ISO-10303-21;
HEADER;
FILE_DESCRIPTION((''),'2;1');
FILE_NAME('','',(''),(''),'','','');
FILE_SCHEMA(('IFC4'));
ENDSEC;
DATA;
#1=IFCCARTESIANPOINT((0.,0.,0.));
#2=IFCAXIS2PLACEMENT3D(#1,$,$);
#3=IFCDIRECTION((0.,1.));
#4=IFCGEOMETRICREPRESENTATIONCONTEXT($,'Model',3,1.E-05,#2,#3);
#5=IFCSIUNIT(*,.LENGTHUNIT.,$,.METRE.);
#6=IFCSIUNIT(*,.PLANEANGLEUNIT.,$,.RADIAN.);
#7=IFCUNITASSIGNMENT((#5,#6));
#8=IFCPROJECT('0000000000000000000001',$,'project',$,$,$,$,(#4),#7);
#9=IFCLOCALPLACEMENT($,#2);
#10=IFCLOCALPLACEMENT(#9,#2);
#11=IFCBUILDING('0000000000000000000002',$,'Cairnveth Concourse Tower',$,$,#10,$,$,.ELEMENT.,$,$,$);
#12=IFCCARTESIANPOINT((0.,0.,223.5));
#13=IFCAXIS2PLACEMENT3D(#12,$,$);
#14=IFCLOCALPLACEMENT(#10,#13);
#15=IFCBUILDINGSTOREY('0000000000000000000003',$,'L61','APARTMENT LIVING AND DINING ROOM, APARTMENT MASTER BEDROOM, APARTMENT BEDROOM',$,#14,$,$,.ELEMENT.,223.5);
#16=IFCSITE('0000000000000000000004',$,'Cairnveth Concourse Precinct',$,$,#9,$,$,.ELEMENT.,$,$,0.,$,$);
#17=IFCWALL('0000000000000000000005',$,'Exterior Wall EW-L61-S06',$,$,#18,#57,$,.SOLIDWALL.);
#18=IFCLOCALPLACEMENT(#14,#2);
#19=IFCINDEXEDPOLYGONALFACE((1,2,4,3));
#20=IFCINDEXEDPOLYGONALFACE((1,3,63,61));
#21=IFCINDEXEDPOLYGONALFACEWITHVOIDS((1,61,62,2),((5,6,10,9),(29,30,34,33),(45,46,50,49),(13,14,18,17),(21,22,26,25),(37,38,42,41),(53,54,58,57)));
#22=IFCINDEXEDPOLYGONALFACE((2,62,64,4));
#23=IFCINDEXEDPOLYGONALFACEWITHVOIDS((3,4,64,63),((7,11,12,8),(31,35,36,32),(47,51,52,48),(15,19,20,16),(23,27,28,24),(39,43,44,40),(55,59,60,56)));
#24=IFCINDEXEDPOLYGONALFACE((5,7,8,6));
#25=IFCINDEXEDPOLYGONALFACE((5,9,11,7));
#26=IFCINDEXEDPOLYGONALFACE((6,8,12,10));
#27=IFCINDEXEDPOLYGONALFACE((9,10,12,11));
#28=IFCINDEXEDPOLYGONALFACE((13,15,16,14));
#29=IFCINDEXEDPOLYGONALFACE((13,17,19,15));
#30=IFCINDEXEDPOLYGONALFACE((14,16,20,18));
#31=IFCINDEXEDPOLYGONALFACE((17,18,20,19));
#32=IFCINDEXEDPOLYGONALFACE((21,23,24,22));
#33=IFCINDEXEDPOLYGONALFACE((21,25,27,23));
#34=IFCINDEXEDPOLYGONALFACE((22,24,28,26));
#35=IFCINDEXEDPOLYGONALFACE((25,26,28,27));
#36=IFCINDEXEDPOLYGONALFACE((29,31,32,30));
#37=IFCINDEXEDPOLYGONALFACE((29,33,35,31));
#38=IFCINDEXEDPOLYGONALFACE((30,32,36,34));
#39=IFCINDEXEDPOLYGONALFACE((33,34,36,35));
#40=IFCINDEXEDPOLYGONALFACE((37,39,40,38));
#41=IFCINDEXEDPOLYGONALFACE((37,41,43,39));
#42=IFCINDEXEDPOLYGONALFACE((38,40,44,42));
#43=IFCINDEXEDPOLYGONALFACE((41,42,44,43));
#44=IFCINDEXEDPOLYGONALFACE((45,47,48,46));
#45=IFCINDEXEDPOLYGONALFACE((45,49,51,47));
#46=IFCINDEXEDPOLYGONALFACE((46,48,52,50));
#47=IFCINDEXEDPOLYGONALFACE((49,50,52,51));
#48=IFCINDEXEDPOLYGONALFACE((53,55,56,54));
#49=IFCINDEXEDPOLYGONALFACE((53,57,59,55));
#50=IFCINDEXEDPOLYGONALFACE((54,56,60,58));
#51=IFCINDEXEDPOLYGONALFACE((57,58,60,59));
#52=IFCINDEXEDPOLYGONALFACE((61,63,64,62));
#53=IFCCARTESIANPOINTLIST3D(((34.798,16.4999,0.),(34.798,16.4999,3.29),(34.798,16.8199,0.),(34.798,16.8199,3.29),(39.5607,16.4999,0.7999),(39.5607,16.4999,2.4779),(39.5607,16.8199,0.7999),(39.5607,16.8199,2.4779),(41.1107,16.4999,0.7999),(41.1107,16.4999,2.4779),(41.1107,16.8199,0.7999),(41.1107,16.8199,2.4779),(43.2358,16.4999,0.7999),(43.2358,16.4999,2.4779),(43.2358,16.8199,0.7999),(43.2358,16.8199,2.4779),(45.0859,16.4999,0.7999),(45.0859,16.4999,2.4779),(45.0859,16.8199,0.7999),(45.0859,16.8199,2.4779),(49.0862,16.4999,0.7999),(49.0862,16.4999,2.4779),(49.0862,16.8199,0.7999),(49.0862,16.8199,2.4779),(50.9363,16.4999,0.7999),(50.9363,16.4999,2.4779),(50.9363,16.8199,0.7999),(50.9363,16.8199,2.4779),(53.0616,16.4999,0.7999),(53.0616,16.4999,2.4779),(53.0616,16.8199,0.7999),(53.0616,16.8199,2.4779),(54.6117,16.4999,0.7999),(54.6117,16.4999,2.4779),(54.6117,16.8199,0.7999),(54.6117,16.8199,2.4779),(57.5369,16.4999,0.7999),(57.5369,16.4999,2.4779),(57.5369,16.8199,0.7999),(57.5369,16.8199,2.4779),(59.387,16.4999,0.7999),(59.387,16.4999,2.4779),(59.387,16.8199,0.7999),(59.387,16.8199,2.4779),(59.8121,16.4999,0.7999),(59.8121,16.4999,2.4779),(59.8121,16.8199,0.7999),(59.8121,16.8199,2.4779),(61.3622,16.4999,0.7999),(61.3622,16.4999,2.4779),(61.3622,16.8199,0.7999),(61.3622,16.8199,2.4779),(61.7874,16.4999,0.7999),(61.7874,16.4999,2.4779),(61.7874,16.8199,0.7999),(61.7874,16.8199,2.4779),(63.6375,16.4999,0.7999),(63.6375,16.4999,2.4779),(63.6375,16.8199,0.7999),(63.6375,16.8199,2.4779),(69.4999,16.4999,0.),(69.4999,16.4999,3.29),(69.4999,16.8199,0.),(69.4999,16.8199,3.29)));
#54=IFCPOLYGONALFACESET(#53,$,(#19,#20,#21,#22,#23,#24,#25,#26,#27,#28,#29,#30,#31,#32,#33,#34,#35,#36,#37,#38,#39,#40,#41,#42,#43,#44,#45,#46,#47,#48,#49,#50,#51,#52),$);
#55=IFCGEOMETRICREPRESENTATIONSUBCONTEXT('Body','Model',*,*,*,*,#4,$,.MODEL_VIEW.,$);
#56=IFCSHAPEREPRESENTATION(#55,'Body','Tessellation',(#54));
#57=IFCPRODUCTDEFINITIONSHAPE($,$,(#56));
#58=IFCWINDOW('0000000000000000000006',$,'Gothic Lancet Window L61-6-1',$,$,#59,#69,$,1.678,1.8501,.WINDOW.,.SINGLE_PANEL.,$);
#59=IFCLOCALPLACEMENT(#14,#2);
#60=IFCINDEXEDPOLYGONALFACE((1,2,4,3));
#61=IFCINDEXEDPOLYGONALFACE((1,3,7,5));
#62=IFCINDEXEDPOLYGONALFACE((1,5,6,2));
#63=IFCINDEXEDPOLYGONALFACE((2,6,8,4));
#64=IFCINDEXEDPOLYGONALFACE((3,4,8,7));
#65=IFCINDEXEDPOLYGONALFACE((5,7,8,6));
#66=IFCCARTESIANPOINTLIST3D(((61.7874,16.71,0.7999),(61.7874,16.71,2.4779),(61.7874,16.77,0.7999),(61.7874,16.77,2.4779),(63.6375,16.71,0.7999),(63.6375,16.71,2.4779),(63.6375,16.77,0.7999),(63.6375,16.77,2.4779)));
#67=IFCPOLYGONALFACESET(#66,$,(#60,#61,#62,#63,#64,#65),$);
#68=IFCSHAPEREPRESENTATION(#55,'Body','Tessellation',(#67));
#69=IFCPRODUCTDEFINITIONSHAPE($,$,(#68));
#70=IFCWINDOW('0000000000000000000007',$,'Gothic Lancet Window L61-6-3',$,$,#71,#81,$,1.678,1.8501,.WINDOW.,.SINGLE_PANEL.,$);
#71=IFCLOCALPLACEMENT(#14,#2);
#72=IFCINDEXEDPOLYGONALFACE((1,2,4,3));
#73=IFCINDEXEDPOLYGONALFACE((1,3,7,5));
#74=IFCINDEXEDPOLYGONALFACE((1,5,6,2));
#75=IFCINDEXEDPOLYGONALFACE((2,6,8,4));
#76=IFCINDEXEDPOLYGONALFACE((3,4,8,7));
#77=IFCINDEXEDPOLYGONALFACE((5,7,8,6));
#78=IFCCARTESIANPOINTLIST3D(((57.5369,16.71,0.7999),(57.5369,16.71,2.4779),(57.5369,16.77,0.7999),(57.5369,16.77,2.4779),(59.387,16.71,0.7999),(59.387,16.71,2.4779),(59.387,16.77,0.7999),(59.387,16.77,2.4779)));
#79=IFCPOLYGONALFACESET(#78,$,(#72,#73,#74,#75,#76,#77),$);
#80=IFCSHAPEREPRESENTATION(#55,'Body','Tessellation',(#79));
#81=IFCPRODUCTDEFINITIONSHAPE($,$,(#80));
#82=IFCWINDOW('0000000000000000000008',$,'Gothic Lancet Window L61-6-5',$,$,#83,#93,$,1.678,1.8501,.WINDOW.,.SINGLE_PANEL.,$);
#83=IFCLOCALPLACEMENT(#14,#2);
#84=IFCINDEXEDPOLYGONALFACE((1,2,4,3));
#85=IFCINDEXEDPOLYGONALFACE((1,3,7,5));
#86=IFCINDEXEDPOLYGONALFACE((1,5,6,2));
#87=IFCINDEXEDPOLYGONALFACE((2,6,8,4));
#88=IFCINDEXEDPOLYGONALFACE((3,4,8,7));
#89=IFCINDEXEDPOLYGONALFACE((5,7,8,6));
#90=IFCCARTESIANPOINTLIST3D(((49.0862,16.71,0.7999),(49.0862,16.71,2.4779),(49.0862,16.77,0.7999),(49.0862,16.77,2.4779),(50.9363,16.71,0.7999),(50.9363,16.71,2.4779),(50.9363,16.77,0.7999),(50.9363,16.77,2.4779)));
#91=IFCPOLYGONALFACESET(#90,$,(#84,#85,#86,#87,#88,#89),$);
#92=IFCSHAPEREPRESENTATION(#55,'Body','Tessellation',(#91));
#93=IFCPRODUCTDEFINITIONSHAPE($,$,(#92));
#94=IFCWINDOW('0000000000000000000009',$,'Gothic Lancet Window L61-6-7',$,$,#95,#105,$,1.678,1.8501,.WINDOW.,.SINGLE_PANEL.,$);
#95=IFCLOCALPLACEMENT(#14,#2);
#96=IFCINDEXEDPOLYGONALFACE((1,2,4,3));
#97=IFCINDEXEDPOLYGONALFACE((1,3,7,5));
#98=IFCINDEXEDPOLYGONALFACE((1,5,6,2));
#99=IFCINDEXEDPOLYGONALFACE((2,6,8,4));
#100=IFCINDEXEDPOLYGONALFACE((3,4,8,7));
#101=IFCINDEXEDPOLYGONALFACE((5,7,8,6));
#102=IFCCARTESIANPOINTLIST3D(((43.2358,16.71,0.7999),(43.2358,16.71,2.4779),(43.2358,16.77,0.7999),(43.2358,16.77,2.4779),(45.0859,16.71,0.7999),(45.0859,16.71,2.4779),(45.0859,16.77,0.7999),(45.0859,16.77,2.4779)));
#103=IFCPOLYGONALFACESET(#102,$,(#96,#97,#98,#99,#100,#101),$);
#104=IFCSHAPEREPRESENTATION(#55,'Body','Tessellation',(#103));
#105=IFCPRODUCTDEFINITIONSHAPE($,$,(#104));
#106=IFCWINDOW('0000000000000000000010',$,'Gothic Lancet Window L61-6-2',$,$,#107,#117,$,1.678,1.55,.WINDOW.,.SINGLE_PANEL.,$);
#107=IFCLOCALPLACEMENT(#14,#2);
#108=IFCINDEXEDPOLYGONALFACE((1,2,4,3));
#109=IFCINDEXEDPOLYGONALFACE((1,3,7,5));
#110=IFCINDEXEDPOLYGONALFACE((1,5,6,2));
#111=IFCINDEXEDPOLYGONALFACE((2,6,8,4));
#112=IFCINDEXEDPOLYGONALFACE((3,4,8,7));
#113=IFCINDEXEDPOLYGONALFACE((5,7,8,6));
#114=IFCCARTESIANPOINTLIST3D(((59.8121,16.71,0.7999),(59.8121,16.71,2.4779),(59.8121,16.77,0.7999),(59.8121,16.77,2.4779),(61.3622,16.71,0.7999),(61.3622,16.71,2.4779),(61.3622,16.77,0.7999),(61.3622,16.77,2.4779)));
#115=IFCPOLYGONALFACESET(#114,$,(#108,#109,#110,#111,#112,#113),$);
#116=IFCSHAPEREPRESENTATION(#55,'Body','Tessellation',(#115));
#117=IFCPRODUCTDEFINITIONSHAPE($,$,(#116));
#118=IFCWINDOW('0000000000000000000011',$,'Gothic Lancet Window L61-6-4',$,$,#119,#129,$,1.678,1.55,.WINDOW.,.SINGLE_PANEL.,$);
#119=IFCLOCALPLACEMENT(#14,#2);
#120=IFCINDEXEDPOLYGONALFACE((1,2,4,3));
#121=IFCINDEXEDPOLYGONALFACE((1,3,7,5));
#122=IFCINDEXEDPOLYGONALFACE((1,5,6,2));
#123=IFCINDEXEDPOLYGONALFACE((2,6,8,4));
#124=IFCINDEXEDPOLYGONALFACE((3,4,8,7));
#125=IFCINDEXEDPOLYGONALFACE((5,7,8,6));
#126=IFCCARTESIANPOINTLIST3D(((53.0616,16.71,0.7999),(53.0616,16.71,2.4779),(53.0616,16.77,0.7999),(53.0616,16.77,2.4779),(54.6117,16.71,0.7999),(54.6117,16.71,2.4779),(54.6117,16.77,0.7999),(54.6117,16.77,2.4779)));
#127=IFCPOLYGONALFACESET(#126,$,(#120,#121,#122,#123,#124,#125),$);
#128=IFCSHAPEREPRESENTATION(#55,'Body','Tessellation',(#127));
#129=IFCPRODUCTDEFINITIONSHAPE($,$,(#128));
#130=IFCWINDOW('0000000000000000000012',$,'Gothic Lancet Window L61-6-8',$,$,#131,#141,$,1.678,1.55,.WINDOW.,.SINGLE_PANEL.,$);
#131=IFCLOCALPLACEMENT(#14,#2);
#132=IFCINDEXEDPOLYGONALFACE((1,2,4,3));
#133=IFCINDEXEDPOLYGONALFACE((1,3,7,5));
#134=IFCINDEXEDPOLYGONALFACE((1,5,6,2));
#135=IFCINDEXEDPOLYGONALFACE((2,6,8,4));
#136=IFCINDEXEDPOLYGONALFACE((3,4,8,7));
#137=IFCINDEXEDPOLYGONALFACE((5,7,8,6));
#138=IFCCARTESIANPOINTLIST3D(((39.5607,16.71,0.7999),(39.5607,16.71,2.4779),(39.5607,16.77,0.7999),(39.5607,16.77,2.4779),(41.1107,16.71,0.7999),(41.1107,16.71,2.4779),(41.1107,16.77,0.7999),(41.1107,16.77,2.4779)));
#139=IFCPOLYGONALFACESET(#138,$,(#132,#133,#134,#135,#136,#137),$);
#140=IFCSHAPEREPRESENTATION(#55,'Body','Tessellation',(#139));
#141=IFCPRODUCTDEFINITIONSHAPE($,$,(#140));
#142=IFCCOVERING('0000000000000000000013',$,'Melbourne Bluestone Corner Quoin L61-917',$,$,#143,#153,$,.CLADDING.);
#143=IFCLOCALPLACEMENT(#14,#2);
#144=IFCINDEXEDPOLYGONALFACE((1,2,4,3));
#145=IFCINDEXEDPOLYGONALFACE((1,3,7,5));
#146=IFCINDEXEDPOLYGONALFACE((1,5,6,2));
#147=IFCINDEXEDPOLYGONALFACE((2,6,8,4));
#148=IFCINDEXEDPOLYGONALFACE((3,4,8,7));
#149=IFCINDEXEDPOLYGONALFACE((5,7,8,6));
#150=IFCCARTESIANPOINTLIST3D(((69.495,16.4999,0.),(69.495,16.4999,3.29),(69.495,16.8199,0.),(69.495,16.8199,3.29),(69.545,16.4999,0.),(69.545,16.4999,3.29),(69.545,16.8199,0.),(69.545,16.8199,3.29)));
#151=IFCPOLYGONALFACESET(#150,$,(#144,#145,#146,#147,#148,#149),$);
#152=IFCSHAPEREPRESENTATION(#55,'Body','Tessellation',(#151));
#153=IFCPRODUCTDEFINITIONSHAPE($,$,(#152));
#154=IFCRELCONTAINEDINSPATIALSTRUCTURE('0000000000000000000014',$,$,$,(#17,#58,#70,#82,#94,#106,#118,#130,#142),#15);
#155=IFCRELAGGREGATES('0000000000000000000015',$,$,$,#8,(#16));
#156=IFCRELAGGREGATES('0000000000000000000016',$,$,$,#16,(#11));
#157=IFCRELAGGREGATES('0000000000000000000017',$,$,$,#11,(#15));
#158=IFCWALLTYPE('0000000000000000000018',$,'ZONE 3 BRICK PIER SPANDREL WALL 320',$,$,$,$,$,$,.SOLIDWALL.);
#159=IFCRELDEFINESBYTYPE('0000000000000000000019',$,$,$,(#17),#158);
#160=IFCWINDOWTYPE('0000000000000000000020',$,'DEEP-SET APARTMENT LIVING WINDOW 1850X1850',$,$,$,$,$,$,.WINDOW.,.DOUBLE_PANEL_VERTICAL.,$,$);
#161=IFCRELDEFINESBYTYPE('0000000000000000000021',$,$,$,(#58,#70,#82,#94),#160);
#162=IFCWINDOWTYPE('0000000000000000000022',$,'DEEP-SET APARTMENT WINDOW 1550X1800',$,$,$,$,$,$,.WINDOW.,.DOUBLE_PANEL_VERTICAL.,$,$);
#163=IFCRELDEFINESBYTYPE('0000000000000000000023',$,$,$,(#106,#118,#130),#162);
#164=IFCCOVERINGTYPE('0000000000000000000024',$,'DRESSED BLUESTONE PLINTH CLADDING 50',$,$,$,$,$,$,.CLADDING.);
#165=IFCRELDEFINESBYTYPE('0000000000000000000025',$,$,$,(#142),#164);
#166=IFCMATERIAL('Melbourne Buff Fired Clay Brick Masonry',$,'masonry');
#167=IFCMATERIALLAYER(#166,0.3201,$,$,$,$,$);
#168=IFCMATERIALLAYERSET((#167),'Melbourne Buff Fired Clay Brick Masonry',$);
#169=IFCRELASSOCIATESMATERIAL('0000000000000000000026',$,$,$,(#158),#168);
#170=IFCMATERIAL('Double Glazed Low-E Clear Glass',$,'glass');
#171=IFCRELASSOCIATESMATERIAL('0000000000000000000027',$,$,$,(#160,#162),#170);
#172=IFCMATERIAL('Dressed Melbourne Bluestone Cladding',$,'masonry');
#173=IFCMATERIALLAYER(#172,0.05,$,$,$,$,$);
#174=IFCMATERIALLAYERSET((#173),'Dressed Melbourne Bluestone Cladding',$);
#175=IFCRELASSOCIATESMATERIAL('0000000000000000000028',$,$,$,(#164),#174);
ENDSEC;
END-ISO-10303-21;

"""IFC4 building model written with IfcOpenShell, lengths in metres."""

from ifc_helpers import new_model, si_unit, direction, frame, frame_2d, origin, place, context, subcontext, project, spatial, rectangle, extrude, material, layer, layer_set, type_object, element, fill, save


model = new_model("IFC4")

# Units and contexts
model_context = context("Model", 3, precision=1e-05, world=origin(), true_north=direction((0.0, 1.0)))
body_context = subcontext(model_context, "Body", "Model", "MODEL_VIEW")
ifc_project = project(units=[si_unit("LENGTHUNIT", "METRE"), si_unit("PLANEANGLEUNIT", "RADIAN")], contexts=[model_context])

# Site, building, storey
site_placement = place(None, origin())
site = spatial("IfcSite", under=ifc_project, at=site_placement, Name="Cairnveth Concourse Precinct", CompositionType="ELEMENT", RefElevation=0.0)
building_placement = place(site_placement, origin())
building = spatial("IfcBuilding", under=site, at=building_placement, Name="Cairnveth Concourse Tower", CompositionType="ELEMENT")
storey_placement = place(building_placement, frame((0.0, 0.0, 223.5)))
storey = spatial("IfcBuildingStorey", under=building, at=storey_placement, Name="L61", Description="APARTMENT LIVING AND DINING ROOM, APARTMENT MASTER BEDROOM, APARTMENT BEDROOM", CompositionType="ELEMENT", Elevation=223.5)

# Shared definitions
ifc_material_1 = material(Name="Melbourne Buff Fired Clay Brick Masonry", Category="masonry")
ifc_layer_1 = layer(ifc_material_1, 0.3201)
ifc_layer_set_1 = layer_set([ifc_layer_1], Name="Melbourne Buff Fired Clay Brick Masonry")
wall_type_1 = type_object("IfcWallType", Name="ZONE 3 BRICK PIER SPANDREL WALL 320", PredefinedType="SOLIDWALL", material=ifc_layer_set_1)

# Wall, openings, windows
wall_1_placement = place(storey_placement, frame((69.5, 16.6599, 0.0), z_axis=(0.0, 0.0, 1.0), x_axis=(-1.0, 0.0, 0.0)))
wall_1 = element("IfcWall", 1, at=wall_1_placement, inside=storey, type_object=wall_type_1, Name="Exterior Wall EW-L61-S06", PredefinedType="SOLIDWALL", context=body_context, shape_type="SweptSolid", body=[
    extrude(rectangle(XDim=34.7019, YDim=0.3201, at=frame_2d((17.3511, 0.0))), origin(), (0.0, 0.0, 1.0), 3.29),
])
opening_1_placement = place(wall_1_placement, frame((5.8625, 0.0, 0.8)))
opening_1 = element("IfcOpeningElement", 2, at=opening_1_placement, cuts=wall_1, PredefinedType="OPENING", context=body_context, shape_type="SweptSolid", body=[
    extrude(rectangle(XDim=1.8501, YDim=1.678, at=frame_2d((0.925, 0.8389))), frame((0.0, 0.1699, 0.0), z_axis=(0.0, -1.0, 0.0), x_axis=(1.0, 0.0, 0.0)), (0.0, 0.0, 1.0), 0.3401),
])
opening_2_placement = place(wall_1_placement, frame((8.1379, 0.0, 0.8)))
opening_2 = element("IfcOpeningElement", 3, at=opening_2_placement, cuts=wall_1, PredefinedType="OPENING", context=body_context, shape_type="SweptSolid", body=[
    extrude(rectangle(XDim=1.55, YDim=1.678, at=frame_2d((0.7749, 0.8389))), frame((0.0, 0.1699, 0.0), z_axis=(0.0, -1.0, 0.0), x_axis=(1.0, 0.0, 0.0)), (0.0, 0.0, 1.0), 0.3401),
])
opening_3_placement = place(wall_1_placement, frame((10.113, 0.0, 0.8)))
opening_3 = element("IfcOpeningElement", 4, at=opening_3_placement, cuts=wall_1, PredefinedType="OPENING", context=body_context, shape_type="SweptSolid", body=[
    extrude(rectangle(XDim=1.8501, YDim=1.678, at=frame_2d((0.925, 0.8389))), frame((0.0, 0.1699, 0.0), z_axis=(0.0, -1.0, 0.0), x_axis=(1.0, 0.0, 0.0)), (0.0, 0.0, 1.0), 0.3401),
])
opening_4_placement = place(wall_1_placement, frame((14.8884, 0.0, 0.8)))
opening_4 = element("IfcOpeningElement", 5, at=opening_4_placement, cuts=wall_1, PredefinedType="OPENING", context=body_context, shape_type="SweptSolid", body=[
    extrude(rectangle(XDim=1.55, YDim=1.678, at=frame_2d((0.7749, 0.8389))), frame((0.0, 0.1699, 0.0), z_axis=(0.0, -1.0, 0.0), x_axis=(1.0, 0.0, 0.0)), (0.0, 0.0, 1.0), 0.3401),
])
opening_5_placement = place(wall_1_placement, frame((18.5637, 0.0, 0.8)))
opening_5 = element("IfcOpeningElement", 6, at=opening_5_placement, cuts=wall_1, PredefinedType="OPENING", context=body_context, shape_type="SweptSolid", body=[
    extrude(rectangle(XDim=1.8501, YDim=1.678, at=frame_2d((0.925, 0.8389))), frame((0.0, 0.1699, 0.0), z_axis=(0.0, -1.0, 0.0), x_axis=(1.0, 0.0, 0.0)), (0.0, 0.0, 1.0), 0.3401),
])
opening_6_placement = place(wall_1_placement, frame((24.4141, 0.0, 0.8)))
opening_6 = element("IfcOpeningElement", 7, at=opening_6_placement, cuts=wall_1, PredefinedType="OPENING", context=body_context, shape_type="SweptSolid", body=[
    extrude(rectangle(XDim=1.8501, YDim=1.678, at=frame_2d((0.925, 0.8389))), frame((0.0, 0.1699, 0.0), z_axis=(0.0, -1.0, 0.0), x_axis=(1.0, 0.0, 0.0)), (0.0, 0.0, 1.0), 0.3401),
])
opening_7_placement = place(wall_1_placement, frame((28.3894, 0.0, 0.8)))
opening_7 = element("IfcOpeningElement", 8, at=opening_7_placement, cuts=wall_1, PredefinedType="OPENING", context=body_context, shape_type="SweptSolid", body=[
    extrude(rectangle(XDim=1.55, YDim=1.678, at=frame_2d((0.7749, 0.8389))), frame((0.0, 0.1699, 0.0), z_axis=(0.0, -1.0, 0.0), x_axis=(1.0, 0.0, 0.0)), (0.0, 0.0, 1.0), 0.3401),
])
ifc_material_2 = material(Name="Double Glazed Low-E Clear Glass", Category="glass")
window_type_1 = type_object("IfcWindowType", Name="DEEP-SET APARTMENT LIVING WINDOW 1850X1850", PartitioningType="DOUBLE_PANEL_VERTICAL", PredefinedType="WINDOW", material=ifc_material_2)
window_1_placement = place(opening_1_placement, origin())
window_1 = element("IfcWindow", 9, at=window_1_placement, inside=storey, type_object=window_type_1, Name="Gothic Lancet Window L61-6-1", OverallHeight=1.678, OverallWidth=1.8501, PartitioningType="SINGLE_PANEL", PredefinedType="WINDOW", context=body_context, shape_type="SweptSolid", body=[
    extrude(rectangle(XDim=1.8501, YDim=1.678, at=frame_2d((0.925, 0.8389))), frame((0.0, -0.05, 0.0), z_axis=(0.0, -1.0, 0.0), x_axis=(1.0, 0.0, 0.0)), (0.0, 0.0, 1.0), 0.0601),
])
fill(opening_1, window_1)
window_2_placement = place(opening_3_placement, origin())
window_2 = element("IfcWindow", 10, at=window_2_placement, inside=storey, type_object=window_type_1, Name="Gothic Lancet Window L61-6-3", OverallHeight=1.678, OverallWidth=1.8501, PartitioningType="SINGLE_PANEL", PredefinedType="WINDOW", context=body_context, shape_type="SweptSolid", body=[
    extrude(rectangle(XDim=1.8501, YDim=1.678, at=frame_2d((0.925, 0.8389))), frame((0.0, -0.05, 0.0), z_axis=(0.0, -1.0, 0.0), x_axis=(1.0, 0.0, 0.0)), (0.0, 0.0, 1.0), 0.0601),
])
fill(opening_3, window_2)
window_3_placement = place(opening_5_placement, origin())
window_3 = element("IfcWindow", 11, at=window_3_placement, inside=storey, type_object=window_type_1, Name="Gothic Lancet Window L61-6-5", OverallHeight=1.678, OverallWidth=1.8501, PartitioningType="SINGLE_PANEL", PredefinedType="WINDOW", context=body_context, shape_type="SweptSolid", body=[
    extrude(rectangle(XDim=1.8501, YDim=1.678, at=frame_2d((0.925, 0.8389))), frame((0.0, -0.05, 0.0), z_axis=(0.0, -1.0, 0.0), x_axis=(1.0, 0.0, 0.0)), (0.0, 0.0, 1.0), 0.0601),
])
fill(opening_5, window_3)
window_4_placement = place(opening_6_placement, origin())
window_4 = element("IfcWindow", 12, at=window_4_placement, inside=storey, type_object=window_type_1, Name="Gothic Lancet Window L61-6-7", OverallHeight=1.678, OverallWidth=1.8501, PartitioningType="SINGLE_PANEL", PredefinedType="WINDOW", context=body_context, shape_type="SweptSolid", body=[
    extrude(rectangle(XDim=1.8501, YDim=1.678, at=frame_2d((0.925, 0.8389))), frame((0.0, -0.05, 0.0), z_axis=(0.0, -1.0, 0.0), x_axis=(1.0, 0.0, 0.0)), (0.0, 0.0, 1.0), 0.0601),
])
fill(opening_6, window_4)
window_type_2 = type_object("IfcWindowType", Name="DEEP-SET APARTMENT WINDOW 1550X1800", PartitioningType="DOUBLE_PANEL_VERTICAL", PredefinedType="WINDOW", material=ifc_material_2)
window_5_placement = place(opening_2_placement, origin())
window_5 = element("IfcWindow", 13, at=window_5_placement, inside=storey, type_object=window_type_2, Name="Gothic Lancet Window L61-6-2", OverallHeight=1.678, OverallWidth=1.55, PartitioningType="SINGLE_PANEL", PredefinedType="WINDOW", context=body_context, shape_type="SweptSolid", body=[
    extrude(rectangle(XDim=1.55, YDim=1.678, at=frame_2d((0.7749, 0.8389))), frame((0.0, -0.05, 0.0), z_axis=(0.0, -1.0, 0.0), x_axis=(1.0, 0.0, 0.0)), (0.0, 0.0, 1.0), 0.0601),
])
fill(opening_2, window_5)
window_6_placement = place(opening_4_placement, origin())
window_6 = element("IfcWindow", 14, at=window_6_placement, inside=storey, type_object=window_type_2, Name="Gothic Lancet Window L61-6-4", OverallHeight=1.678, OverallWidth=1.55, PartitioningType="SINGLE_PANEL", PredefinedType="WINDOW", context=body_context, shape_type="SweptSolid", body=[
    extrude(rectangle(XDim=1.55, YDim=1.678, at=frame_2d((0.7749, 0.8389))), frame((0.0, -0.05, 0.0), z_axis=(0.0, -1.0, 0.0), x_axis=(1.0, 0.0, 0.0)), (0.0, 0.0, 1.0), 0.0601),
])
fill(opening_4, window_6)
window_7_placement = place(opening_7_placement, origin())
window_7 = element("IfcWindow", 15, at=window_7_placement, inside=storey, type_object=window_type_2, Name="Gothic Lancet Window L61-6-8", OverallHeight=1.678, OverallWidth=1.55, PartitioningType="SINGLE_PANEL", PredefinedType="WINDOW", context=body_context, shape_type="SweptSolid", body=[
    extrude(rectangle(XDim=1.55, YDim=1.678, at=frame_2d((0.7749, 0.8389))), frame((0.0, -0.05, 0.0), z_axis=(0.0, -1.0, 0.0), x_axis=(1.0, 0.0, 0.0)), (0.0, 0.0, 1.0), 0.0601),
])
fill(opening_7, window_7)

# Covering
ifc_material_3 = material(Name="Dressed Melbourne Bluestone Cladding", Category="masonry")
ifc_layer_2 = layer(ifc_material_3, 0.05)
ifc_layer_set_2 = layer_set([ifc_layer_2], Name="Dressed Melbourne Bluestone Cladding")
covering_type = type_object("IfcCoveringType", Name="DRESSED BLUESTONE PLINTH CLADDING 50", PredefinedType="CLADDING", material=ifc_layer_set_2)
covering_placement = place(storey_placement, frame((69.52, 16.8201, 0.0), z_axis=(0.0, 0.0, 1.0), x_axis=(0.0, -1.0, 0.0)))
element("IfcCovering", 16, at=covering_placement, inside=storey, type_object=covering_type, Name="Melbourne Bluestone Corner Quoin L61-917", PredefinedType="CLADDING", context=body_context, shape_type="SweptSolid", body=[
    extrude(rectangle(XDim=0.3201, YDim=0.05, at=frame_2d((0.1602, 0.0))), origin(), (0.0, 0.0, 1.0), 3.29),
])

save(model, "model.ifc")
